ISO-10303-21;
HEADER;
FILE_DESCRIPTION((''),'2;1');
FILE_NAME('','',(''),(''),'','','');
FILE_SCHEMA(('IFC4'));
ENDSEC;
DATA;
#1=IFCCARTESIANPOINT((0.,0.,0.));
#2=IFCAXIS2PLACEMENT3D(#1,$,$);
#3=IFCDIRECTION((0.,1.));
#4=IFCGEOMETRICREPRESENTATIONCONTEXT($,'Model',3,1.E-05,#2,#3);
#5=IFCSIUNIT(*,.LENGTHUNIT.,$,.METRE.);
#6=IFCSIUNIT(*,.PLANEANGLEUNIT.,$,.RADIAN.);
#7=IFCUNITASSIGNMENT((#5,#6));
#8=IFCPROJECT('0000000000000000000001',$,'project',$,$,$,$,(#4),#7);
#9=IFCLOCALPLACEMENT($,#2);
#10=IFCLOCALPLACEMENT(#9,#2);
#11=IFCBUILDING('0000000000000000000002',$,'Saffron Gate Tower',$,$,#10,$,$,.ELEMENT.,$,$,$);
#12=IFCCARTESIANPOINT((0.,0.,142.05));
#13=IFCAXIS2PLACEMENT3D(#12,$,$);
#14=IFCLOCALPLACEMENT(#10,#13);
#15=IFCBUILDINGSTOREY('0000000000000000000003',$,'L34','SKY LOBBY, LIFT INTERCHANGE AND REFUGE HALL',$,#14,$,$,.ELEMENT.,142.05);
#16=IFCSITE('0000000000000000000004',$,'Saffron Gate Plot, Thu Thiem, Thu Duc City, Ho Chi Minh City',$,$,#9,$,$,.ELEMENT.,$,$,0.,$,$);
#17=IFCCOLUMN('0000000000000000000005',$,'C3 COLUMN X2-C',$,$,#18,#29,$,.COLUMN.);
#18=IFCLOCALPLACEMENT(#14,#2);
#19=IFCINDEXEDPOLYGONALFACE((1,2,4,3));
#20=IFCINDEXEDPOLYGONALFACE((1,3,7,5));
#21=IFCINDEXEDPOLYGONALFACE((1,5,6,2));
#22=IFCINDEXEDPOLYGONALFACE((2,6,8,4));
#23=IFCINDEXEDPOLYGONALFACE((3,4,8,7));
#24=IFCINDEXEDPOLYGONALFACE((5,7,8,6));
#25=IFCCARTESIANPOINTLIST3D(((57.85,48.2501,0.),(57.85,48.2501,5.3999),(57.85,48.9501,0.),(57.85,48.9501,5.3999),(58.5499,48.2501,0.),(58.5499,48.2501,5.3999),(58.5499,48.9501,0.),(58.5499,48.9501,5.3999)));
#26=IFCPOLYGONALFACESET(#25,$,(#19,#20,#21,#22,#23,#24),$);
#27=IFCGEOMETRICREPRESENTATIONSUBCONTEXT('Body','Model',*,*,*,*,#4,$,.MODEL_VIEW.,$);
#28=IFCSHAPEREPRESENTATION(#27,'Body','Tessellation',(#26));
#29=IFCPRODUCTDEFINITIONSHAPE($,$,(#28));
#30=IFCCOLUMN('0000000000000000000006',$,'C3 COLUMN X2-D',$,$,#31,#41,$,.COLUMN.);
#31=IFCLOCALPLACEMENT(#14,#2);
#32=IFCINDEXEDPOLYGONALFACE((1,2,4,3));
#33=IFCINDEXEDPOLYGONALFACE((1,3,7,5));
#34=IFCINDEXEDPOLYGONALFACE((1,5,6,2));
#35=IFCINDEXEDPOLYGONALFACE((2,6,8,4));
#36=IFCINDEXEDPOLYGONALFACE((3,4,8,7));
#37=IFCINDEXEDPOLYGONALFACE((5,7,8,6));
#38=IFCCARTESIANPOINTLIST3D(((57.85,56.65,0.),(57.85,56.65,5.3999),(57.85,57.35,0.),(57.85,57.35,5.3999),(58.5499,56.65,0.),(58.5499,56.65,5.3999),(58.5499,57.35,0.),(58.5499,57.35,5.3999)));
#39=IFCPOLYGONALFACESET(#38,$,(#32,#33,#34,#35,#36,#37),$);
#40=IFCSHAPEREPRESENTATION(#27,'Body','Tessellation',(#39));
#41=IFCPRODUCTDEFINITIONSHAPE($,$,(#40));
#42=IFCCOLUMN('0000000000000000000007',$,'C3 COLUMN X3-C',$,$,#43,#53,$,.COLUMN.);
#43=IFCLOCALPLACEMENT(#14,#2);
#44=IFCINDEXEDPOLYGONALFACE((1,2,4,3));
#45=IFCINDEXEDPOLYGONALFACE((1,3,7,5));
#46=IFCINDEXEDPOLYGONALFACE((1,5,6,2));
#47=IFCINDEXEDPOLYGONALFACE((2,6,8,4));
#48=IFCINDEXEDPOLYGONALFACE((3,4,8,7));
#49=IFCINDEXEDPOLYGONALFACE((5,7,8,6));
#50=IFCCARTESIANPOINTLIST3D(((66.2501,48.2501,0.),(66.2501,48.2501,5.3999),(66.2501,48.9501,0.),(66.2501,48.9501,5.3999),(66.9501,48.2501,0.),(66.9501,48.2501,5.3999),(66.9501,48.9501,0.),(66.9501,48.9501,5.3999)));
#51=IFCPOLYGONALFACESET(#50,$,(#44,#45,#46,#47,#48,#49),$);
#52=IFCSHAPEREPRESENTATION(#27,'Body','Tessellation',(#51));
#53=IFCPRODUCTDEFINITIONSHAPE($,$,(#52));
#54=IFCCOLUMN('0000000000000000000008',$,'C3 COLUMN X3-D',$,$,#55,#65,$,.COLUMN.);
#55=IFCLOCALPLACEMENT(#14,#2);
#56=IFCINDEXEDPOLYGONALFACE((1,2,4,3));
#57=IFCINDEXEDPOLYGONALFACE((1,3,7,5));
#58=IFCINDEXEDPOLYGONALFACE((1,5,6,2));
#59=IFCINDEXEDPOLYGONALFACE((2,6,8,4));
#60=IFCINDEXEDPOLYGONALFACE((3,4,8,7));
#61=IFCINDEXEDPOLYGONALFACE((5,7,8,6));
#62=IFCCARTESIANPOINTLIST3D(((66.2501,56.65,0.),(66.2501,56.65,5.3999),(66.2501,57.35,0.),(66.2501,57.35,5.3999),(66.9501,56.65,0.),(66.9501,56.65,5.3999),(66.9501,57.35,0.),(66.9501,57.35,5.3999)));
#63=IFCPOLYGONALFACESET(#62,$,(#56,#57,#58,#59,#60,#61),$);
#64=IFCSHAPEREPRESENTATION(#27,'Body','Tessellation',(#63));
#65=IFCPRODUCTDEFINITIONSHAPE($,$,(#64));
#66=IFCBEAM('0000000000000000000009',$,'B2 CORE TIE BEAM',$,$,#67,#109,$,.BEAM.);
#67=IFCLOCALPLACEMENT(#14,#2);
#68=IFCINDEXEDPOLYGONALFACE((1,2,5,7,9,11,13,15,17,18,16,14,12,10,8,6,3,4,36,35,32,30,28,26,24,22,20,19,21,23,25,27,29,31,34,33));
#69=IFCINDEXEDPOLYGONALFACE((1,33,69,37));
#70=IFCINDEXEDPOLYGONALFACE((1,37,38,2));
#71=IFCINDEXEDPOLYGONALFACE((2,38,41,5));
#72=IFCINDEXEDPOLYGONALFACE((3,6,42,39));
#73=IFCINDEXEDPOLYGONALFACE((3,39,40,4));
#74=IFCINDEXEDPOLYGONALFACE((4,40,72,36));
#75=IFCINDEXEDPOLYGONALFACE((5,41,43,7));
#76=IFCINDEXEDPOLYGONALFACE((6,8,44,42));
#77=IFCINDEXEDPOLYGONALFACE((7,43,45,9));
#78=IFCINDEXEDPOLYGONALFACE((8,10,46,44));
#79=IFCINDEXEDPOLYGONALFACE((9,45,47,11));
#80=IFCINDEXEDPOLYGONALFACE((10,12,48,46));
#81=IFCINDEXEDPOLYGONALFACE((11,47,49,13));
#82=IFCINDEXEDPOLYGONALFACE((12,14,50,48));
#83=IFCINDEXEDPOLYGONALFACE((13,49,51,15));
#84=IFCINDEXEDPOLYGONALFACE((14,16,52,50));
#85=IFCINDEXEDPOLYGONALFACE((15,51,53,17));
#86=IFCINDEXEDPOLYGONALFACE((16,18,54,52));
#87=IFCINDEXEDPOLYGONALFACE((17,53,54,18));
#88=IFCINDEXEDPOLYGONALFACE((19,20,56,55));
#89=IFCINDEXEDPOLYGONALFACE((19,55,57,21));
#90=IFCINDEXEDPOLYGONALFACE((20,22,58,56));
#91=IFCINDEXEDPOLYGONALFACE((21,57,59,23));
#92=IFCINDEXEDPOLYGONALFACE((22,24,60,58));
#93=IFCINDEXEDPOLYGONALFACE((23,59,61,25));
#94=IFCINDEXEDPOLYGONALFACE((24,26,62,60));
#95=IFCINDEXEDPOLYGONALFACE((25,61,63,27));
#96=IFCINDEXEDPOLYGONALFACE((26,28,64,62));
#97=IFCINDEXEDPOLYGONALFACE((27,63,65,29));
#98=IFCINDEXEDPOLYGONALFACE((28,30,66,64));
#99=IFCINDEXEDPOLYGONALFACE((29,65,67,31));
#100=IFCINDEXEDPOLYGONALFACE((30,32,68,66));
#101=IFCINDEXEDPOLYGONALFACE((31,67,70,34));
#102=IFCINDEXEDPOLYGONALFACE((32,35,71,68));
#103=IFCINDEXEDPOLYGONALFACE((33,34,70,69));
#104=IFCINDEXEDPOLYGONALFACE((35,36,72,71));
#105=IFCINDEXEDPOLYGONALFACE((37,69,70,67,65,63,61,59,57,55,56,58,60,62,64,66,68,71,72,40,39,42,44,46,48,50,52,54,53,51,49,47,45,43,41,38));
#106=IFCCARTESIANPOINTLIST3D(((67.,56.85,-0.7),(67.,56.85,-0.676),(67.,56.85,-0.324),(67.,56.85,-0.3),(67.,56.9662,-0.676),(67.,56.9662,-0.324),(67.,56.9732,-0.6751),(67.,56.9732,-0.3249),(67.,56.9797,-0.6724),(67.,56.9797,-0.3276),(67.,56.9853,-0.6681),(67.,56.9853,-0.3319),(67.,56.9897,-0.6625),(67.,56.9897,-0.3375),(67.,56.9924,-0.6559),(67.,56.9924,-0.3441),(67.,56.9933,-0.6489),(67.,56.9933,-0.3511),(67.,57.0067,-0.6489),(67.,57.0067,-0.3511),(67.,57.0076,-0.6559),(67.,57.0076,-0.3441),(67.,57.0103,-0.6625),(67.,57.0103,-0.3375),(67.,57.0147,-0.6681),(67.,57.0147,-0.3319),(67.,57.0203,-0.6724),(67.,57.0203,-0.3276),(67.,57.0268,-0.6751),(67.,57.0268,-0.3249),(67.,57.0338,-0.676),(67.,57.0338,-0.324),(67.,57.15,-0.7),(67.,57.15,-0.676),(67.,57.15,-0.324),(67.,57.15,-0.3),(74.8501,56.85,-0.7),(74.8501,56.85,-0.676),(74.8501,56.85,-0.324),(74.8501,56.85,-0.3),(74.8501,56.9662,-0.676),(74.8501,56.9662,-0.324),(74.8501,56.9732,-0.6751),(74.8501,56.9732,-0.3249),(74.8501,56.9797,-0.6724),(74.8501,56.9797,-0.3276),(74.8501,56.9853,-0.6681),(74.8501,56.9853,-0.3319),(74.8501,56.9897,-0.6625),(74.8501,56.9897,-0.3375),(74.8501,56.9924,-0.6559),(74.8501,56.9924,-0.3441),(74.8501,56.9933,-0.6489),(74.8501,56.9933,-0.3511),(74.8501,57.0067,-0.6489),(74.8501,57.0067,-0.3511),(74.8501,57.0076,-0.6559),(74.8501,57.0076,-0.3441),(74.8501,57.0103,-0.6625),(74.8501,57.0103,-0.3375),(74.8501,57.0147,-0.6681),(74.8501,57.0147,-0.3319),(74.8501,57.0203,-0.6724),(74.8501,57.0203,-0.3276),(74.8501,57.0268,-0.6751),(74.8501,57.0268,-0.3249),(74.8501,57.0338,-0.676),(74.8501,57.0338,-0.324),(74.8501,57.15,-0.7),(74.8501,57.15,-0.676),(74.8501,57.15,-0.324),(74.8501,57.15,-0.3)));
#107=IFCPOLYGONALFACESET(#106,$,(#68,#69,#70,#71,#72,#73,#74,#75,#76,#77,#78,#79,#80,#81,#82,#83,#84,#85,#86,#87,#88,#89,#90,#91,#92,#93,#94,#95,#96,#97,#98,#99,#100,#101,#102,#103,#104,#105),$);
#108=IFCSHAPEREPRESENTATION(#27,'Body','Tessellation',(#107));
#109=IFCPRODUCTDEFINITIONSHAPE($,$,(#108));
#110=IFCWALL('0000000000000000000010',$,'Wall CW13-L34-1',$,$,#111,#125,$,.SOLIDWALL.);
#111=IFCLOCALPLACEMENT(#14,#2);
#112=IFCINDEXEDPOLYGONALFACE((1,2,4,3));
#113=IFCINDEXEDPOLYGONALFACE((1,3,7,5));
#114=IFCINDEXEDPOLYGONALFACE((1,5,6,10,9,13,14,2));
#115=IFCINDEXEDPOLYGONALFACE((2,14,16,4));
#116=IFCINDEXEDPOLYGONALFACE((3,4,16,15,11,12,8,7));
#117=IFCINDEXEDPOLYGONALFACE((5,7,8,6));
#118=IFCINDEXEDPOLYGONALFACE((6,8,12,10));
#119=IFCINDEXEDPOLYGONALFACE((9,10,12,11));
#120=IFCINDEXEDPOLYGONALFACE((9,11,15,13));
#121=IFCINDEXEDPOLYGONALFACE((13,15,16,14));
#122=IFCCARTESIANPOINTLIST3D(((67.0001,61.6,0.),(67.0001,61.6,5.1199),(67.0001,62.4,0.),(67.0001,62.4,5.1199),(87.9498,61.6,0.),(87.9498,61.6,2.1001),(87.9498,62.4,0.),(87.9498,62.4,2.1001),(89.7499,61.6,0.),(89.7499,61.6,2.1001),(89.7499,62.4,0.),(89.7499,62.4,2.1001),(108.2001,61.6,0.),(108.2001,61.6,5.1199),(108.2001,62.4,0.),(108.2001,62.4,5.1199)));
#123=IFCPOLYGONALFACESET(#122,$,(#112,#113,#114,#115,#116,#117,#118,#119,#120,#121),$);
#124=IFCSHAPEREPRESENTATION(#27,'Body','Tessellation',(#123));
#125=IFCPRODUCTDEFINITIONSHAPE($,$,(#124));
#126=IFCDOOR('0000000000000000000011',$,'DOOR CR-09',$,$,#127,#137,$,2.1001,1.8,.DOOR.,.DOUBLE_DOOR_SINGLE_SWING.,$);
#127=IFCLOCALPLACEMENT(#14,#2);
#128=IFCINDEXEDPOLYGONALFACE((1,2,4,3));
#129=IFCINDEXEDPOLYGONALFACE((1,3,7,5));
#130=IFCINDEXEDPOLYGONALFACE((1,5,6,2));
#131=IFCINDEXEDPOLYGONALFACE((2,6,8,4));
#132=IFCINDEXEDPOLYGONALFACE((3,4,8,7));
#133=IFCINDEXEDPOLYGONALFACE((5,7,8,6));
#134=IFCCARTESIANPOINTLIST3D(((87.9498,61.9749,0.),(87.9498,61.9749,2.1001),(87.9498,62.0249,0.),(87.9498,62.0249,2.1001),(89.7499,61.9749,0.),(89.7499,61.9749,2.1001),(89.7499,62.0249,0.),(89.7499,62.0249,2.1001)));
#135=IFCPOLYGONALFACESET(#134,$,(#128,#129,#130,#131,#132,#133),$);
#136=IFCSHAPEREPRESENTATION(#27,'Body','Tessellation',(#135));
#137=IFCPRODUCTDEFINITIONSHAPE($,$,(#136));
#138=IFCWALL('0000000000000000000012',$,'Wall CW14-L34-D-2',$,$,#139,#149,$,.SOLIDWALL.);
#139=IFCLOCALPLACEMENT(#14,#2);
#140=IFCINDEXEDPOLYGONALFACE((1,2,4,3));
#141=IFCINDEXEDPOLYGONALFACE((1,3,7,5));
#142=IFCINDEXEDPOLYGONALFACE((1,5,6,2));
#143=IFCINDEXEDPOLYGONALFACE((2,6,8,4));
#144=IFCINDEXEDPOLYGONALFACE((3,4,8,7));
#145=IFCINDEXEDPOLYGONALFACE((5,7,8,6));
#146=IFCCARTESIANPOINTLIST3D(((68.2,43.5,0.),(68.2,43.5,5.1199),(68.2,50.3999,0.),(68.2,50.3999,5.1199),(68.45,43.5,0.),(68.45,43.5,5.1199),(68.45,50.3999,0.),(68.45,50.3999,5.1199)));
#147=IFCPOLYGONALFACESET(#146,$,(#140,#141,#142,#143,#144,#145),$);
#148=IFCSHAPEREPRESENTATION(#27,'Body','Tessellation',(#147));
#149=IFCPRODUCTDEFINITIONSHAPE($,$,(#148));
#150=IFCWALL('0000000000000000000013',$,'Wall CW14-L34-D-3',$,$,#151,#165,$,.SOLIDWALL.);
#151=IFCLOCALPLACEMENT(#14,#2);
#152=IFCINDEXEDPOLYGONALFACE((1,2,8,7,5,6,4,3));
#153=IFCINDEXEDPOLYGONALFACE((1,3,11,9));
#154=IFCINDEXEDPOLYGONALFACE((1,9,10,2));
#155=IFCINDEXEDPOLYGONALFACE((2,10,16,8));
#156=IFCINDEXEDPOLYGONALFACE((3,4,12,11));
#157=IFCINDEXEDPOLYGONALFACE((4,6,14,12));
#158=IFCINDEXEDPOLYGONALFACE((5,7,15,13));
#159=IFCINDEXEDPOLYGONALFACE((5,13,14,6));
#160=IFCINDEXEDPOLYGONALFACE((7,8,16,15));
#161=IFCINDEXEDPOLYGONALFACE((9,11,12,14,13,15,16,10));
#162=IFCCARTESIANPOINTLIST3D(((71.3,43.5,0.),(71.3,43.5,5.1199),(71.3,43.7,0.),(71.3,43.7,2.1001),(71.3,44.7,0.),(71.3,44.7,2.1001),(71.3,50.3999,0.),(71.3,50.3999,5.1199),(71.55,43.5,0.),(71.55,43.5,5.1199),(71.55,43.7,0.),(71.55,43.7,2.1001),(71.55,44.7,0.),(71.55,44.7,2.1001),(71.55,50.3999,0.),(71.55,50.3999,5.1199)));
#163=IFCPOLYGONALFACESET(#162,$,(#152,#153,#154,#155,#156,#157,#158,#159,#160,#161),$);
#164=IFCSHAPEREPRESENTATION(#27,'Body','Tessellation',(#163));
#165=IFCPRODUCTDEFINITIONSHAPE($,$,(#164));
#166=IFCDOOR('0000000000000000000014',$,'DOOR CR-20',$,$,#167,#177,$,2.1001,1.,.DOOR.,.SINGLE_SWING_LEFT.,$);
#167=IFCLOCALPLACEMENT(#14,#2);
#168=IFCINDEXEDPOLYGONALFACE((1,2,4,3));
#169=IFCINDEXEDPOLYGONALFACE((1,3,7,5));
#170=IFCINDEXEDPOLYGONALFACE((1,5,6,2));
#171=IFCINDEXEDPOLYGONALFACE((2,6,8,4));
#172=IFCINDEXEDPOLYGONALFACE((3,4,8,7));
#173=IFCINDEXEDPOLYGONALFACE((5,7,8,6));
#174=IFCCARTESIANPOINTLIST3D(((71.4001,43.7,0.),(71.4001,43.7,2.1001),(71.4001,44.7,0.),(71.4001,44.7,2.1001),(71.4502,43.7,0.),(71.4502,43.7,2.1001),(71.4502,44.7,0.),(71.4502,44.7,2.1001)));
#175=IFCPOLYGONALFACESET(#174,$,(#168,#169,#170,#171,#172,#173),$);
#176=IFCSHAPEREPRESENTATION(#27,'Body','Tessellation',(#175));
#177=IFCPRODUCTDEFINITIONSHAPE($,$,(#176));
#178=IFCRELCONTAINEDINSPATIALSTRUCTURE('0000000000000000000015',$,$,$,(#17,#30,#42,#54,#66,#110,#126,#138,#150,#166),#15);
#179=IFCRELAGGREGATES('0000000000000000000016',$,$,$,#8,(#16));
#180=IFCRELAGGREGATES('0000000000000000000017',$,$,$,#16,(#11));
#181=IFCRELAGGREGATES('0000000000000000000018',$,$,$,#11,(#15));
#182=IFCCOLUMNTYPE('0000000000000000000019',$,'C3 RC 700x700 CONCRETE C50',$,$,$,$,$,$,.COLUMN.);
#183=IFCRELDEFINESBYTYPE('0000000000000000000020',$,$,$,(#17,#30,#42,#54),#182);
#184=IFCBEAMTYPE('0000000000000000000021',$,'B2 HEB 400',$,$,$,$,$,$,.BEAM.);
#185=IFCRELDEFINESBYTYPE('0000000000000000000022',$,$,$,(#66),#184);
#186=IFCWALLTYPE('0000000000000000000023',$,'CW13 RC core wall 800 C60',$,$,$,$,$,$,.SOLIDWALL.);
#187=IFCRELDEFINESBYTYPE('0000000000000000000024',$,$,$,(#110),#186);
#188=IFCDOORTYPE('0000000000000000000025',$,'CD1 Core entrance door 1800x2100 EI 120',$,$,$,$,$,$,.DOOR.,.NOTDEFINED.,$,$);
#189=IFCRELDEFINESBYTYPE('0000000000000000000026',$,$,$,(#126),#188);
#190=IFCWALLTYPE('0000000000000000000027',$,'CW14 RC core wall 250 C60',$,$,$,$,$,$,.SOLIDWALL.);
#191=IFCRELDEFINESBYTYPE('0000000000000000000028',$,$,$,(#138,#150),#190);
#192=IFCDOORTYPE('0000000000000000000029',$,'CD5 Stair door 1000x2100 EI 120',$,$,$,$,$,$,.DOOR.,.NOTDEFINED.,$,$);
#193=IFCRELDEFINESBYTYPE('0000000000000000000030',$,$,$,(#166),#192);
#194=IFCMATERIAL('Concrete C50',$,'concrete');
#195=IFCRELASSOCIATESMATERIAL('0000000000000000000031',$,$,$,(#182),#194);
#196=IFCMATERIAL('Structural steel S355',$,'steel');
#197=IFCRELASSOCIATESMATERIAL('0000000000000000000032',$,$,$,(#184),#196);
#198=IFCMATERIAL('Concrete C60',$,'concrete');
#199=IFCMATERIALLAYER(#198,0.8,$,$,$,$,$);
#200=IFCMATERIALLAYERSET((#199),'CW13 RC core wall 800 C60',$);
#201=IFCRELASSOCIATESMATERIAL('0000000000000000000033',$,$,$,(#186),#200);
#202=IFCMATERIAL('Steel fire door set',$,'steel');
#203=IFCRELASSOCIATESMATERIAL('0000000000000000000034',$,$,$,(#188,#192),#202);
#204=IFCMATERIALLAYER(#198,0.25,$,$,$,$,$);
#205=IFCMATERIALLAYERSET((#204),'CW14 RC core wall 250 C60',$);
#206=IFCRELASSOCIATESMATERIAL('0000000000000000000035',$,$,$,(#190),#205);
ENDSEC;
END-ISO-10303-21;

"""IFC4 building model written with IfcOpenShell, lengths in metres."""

from ifc_helpers import new_model, si_unit, direction, frame, frame_2d, origin, origin_2d, place, context, subcontext, project, spatial, rectangle, i_section, extrude, material, layer, layer_set, material_profile, profile_set, type_object, element, fill, save


model = new_model("IFC4")

# Units and contexts
model_context = context("Model", 3, precision=1e-05, world=origin(), true_north=direction((0.0, 1.0)))
body_context = subcontext(model_context, "Body", "Model", "MODEL_VIEW")
ifc_project = project(units=[si_unit("LENGTHUNIT", "METRE"), si_unit("PLANEANGLEUNIT", "RADIAN")], contexts=[model_context])

# Site, building, storey
site_placement = place(None, origin())
site = spatial("IfcSite", under=ifc_project, at=site_placement, Name="Saffron Gate Plot, Thu Thiem, Thu Duc City, Ho Chi Minh City", CompositionType="ELEMENT", RefElevation=0.0)
building_placement = place(site_placement, origin())
building = spatial("IfcBuilding", under=site, at=building_placement, Name="Saffron Gate Tower", CompositionType="ELEMENT")
storey_placement = place(building_placement, frame((0.0, 0.0, 142.05)))
storey = spatial("IfcBuildingStorey", under=building, at=storey_placement, Name="L34", Description="SKY LOBBY, LIFT INTERCHANGE AND REFUGE HALL", CompositionType="ELEMENT", Elevation=142.05)

# Columns
ifc_material_1 = material(Name="Concrete C50", Category="concrete")
ifc_material_profile_1 = material_profile(ifc_material_1, rectangle(XDim=0.7, YDim=0.7, at=origin_2d()))
ifc_profile_set_1 = profile_set([ifc_material_profile_1], Name="Concrete C50")
column_type = type_object("IfcColumnType", Name="C3 RC 700x700 CONCRETE C50", PredefinedType="COLUMN", material=ifc_profile_set_1)
for number, where, z_axis, x_axis, name in (
    (1, (58.2, 48.6001, 0.0), (0.0, 0.0, 1.0), (1.0, 0.0, 0.0), "C3 COLUMN X2-C"),
    (2, (58.2, 57.0, 0.0), (0.0, 0.0, 1.0), (1.0, 0.0, 0.0), "C3 COLUMN X2-D"),
    (3, (66.6001, 48.6001, 0.0), (0.0, 0.0, 1.0), (1.0, 0.0, 0.0), "C3 COLUMN X3-C"),
    (4, (66.6001, 57.0, 0.0), (0.0, 0.0, 1.0), (1.0, 0.0, 0.0), "C3 COLUMN X3-D"),
):
    element("IfcColumn", number, at=place(storey_placement, frame(where, z_axis=z_axis, x_axis=x_axis)), inside=storey, type_object=column_type, Name=name, PredefinedType="COLUMN", context=body_context, shape_type="SweptSolid", body=[
        extrude(rectangle(XDim=0.7, YDim=0.7, at=origin_2d()), origin(), (0.0, 0.0, 1.0), 5.3999),
    ])

# Beam
ifc_material_2 = material(Name="Structural steel S355", Category="steel")
ifc_material_profile_2 = material_profile(ifc_material_2, i_section(OverallWidth=0.3, OverallDepth=0.3999, WebThickness=0.0134, FlangeThickness=0.0239, FilletRadius=0.0271, at=origin_2d()))
ifc_profile_set_2 = profile_set([ifc_material_profile_2], Name="Structural steel S355")
beam_type = type_object("IfcBeamType", Name="B2 HEB 400", PredefinedType="BEAM", material=ifc_profile_set_2)
beam_placement = place(storey_placement, frame((67.0, 57.0, -0.5), z_axis=(1.0, 0.0, 0.0), x_axis=(0.0, 1.0, 0.0)))
element("IfcBeam", 5, at=beam_placement, inside=storey, type_object=beam_type, Name="B2 CORE TIE BEAM", PredefinedType="BEAM", context=body_context, shape_type="SweptSolid", body=[
    extrude(i_section(OverallWidth=0.3, OverallDepth=0.3999, WebThickness=0.0134, FlangeThickness=0.0239, FilletRadius=0.0271, at=origin_2d()), origin(), (0.0, 0.0, 1.0), 7.8501),
])

# Wall, opening, door
ifc_material_3 = material(Name="Concrete C60", Category="concrete")
ifc_layer_1 = layer(ifc_material_3, 0.8)
ifc_layer_set_1 = layer_set([ifc_layer_1], Name="CW13 RC core wall 800 C60")
wall_type_1 = type_object("IfcWallType", Name="CW13 RC core wall 800 C60", PredefinedType="SOLIDWALL", material=ifc_layer_set_1)
wall_1_placement = place(storey_placement, frame((67.0, 62.0, 0.0), z_axis=(0.0, 0.0, 1.0), x_axis=(1.0, 0.0, 0.0)))
wall_1 = element("IfcWall", 6, at=wall_1_placement, inside=storey, type_object=wall_type_1, Name="Wall CW13-L34-1", PredefinedType="SOLIDWALL", context=body_context, shape_type="SweptSolid", body=[
    extrude(rectangle(XDim=41.2, YDim=0.8, at=frame_2d((20.6001, 0.0))), origin(), (0.0, 0.0, 1.0), 5.1199),
])
opening_1_placement = place(wall_1_placement, frame((20.95, 0.0, 0.0)))
opening_1 = element("IfcOpeningElement", 7, at=opening_1_placement, cuts=wall_1, PredefinedType="OPENING", context=body_context, shape_type="SweptSolid", body=[
    extrude(rectangle(XDim=1.8, YDim=2.1001, at=frame_2d((0.8999, 1.05))), frame((0.0, 0.4102, 0.0), z_axis=(0.0, -1.0, 0.0), x_axis=(1.0, 0.0, 0.0)), (0.0, 0.0, 1.0), 0.8201),
])
ifc_material_4 = material(Name="Steel fire door set", Category="steel")
door_type_1 = type_object("IfcDoorType", Name="CD1 Core entrance door 1800x2100 EI 120", OperationType="NOTDEFINED", PredefinedType="DOOR", material=ifc_material_4)
door_1_placement = place(opening_1_placement, origin())
door_1 = element("IfcDoor", 8, at=door_1_placement, inside=storey, type_object=door_type_1, Name="DOOR CR-09", OperationType="DOUBLE_DOOR_SINGLE_SWING", OverallHeight=2.1001, OverallWidth=1.8, PredefinedType="DOOR", context=body_context, shape_type="SweptSolid", body=[
    extrude(rectangle(XDim=1.8, YDim=2.1001, at=frame_2d((0.8999, 1.05))), frame((0.0, 0.0249, 0.0), z_axis=(0.0, -1.0, 0.0), x_axis=(1.0, 0.0, 0.0)), (0.0, 0.0, 1.0), 0.05),
])
fill(opening_1, door_1)

# Wall
ifc_layer_2 = layer(ifc_material_3, 0.25)
ifc_layer_set_2 = layer_set([ifc_layer_2], Name="CW14 RC core wall 250 C60")
wall_type_2 = type_object("IfcWallType", Name="CW14 RC core wall 250 C60", PredefinedType="SOLIDWALL", material=ifc_layer_set_2)
wall_2_placement = place(storey_placement, frame((68.325, 43.5, 0.0), z_axis=(0.0, 0.0, 1.0), x_axis=(0.0, 1.0, 0.0)))
element("IfcWall", 9, at=wall_2_placement, inside=storey, type_object=wall_type_2, Name="Wall CW14-L34-D-2", PredefinedType="SOLIDWALL", context=body_context, shape_type="SweptSolid", body=[
    extrude(rectangle(XDim=6.8999, YDim=0.25, at=frame_2d((3.45, 0.0))), origin(), (0.0, 0.0, 1.0), 5.1199),
])

# Wall, opening, door
wall_3_placement = place(storey_placement, frame((71.425, 43.5, 0.0), z_axis=(0.0, 0.0, 1.0), x_axis=(0.0, 1.0, 0.0)))
wall_3 = element("IfcWall", 10, at=wall_3_placement, inside=storey, type_object=wall_type_2, Name="Wall CW14-L34-D-3", PredefinedType="SOLIDWALL", context=body_context, shape_type="SweptSolid", body=[
    extrude(rectangle(XDim=6.8999, YDim=0.25, at=frame_2d((3.45, 0.0))), origin(), (0.0, 0.0, 1.0), 5.1199),
])
opening_2_placement = place(wall_3_placement, frame((0.2, 0.0, 0.0)))
opening_2 = element("IfcOpeningElement", 11, at=opening_2_placement, cuts=wall_3, PredefinedType="OPENING", context=body_context, shape_type="SweptSolid", body=[
    extrude(rectangle(XDim=1.0, YDim=2.1001, at=frame_2d((0.5, 1.05))), frame((0.0, 0.135, 0.0), z_axis=(0.0, -1.0, 0.0), x_axis=(1.0, 0.0, 0.0)), (0.0, 0.0, 1.0), 0.27),
])
door_type_2 = type_object("IfcDoorType", Name="CD5 Stair door 1000x2100 EI 120", OperationType="NOTDEFINED", PredefinedType="DOOR", material=ifc_material_4)
door_2_placement = place(opening_2_placement, origin())
door_2 = element("IfcDoor", 12, at=door_2_placement, inside=storey, type_object=door_type_2, Name="DOOR CR-20", OperationType="SINGLE_SWING_LEFT", OverallHeight=2.1001, OverallWidth=1.0, PredefinedType="DOOR", context=body_context, shape_type="SweptSolid", body=[
    extrude(rectangle(XDim=1.0, YDim=2.1001, at=frame_2d((0.5, 1.05))), frame((0.0, 0.0249, 0.0), z_axis=(0.0, -1.0, 0.0), x_axis=(1.0, 0.0, 0.0)), (0.0, 0.0, 1.0), 0.05),
])
fill(opening_2, door_2)

save(model, "model.ifc")
